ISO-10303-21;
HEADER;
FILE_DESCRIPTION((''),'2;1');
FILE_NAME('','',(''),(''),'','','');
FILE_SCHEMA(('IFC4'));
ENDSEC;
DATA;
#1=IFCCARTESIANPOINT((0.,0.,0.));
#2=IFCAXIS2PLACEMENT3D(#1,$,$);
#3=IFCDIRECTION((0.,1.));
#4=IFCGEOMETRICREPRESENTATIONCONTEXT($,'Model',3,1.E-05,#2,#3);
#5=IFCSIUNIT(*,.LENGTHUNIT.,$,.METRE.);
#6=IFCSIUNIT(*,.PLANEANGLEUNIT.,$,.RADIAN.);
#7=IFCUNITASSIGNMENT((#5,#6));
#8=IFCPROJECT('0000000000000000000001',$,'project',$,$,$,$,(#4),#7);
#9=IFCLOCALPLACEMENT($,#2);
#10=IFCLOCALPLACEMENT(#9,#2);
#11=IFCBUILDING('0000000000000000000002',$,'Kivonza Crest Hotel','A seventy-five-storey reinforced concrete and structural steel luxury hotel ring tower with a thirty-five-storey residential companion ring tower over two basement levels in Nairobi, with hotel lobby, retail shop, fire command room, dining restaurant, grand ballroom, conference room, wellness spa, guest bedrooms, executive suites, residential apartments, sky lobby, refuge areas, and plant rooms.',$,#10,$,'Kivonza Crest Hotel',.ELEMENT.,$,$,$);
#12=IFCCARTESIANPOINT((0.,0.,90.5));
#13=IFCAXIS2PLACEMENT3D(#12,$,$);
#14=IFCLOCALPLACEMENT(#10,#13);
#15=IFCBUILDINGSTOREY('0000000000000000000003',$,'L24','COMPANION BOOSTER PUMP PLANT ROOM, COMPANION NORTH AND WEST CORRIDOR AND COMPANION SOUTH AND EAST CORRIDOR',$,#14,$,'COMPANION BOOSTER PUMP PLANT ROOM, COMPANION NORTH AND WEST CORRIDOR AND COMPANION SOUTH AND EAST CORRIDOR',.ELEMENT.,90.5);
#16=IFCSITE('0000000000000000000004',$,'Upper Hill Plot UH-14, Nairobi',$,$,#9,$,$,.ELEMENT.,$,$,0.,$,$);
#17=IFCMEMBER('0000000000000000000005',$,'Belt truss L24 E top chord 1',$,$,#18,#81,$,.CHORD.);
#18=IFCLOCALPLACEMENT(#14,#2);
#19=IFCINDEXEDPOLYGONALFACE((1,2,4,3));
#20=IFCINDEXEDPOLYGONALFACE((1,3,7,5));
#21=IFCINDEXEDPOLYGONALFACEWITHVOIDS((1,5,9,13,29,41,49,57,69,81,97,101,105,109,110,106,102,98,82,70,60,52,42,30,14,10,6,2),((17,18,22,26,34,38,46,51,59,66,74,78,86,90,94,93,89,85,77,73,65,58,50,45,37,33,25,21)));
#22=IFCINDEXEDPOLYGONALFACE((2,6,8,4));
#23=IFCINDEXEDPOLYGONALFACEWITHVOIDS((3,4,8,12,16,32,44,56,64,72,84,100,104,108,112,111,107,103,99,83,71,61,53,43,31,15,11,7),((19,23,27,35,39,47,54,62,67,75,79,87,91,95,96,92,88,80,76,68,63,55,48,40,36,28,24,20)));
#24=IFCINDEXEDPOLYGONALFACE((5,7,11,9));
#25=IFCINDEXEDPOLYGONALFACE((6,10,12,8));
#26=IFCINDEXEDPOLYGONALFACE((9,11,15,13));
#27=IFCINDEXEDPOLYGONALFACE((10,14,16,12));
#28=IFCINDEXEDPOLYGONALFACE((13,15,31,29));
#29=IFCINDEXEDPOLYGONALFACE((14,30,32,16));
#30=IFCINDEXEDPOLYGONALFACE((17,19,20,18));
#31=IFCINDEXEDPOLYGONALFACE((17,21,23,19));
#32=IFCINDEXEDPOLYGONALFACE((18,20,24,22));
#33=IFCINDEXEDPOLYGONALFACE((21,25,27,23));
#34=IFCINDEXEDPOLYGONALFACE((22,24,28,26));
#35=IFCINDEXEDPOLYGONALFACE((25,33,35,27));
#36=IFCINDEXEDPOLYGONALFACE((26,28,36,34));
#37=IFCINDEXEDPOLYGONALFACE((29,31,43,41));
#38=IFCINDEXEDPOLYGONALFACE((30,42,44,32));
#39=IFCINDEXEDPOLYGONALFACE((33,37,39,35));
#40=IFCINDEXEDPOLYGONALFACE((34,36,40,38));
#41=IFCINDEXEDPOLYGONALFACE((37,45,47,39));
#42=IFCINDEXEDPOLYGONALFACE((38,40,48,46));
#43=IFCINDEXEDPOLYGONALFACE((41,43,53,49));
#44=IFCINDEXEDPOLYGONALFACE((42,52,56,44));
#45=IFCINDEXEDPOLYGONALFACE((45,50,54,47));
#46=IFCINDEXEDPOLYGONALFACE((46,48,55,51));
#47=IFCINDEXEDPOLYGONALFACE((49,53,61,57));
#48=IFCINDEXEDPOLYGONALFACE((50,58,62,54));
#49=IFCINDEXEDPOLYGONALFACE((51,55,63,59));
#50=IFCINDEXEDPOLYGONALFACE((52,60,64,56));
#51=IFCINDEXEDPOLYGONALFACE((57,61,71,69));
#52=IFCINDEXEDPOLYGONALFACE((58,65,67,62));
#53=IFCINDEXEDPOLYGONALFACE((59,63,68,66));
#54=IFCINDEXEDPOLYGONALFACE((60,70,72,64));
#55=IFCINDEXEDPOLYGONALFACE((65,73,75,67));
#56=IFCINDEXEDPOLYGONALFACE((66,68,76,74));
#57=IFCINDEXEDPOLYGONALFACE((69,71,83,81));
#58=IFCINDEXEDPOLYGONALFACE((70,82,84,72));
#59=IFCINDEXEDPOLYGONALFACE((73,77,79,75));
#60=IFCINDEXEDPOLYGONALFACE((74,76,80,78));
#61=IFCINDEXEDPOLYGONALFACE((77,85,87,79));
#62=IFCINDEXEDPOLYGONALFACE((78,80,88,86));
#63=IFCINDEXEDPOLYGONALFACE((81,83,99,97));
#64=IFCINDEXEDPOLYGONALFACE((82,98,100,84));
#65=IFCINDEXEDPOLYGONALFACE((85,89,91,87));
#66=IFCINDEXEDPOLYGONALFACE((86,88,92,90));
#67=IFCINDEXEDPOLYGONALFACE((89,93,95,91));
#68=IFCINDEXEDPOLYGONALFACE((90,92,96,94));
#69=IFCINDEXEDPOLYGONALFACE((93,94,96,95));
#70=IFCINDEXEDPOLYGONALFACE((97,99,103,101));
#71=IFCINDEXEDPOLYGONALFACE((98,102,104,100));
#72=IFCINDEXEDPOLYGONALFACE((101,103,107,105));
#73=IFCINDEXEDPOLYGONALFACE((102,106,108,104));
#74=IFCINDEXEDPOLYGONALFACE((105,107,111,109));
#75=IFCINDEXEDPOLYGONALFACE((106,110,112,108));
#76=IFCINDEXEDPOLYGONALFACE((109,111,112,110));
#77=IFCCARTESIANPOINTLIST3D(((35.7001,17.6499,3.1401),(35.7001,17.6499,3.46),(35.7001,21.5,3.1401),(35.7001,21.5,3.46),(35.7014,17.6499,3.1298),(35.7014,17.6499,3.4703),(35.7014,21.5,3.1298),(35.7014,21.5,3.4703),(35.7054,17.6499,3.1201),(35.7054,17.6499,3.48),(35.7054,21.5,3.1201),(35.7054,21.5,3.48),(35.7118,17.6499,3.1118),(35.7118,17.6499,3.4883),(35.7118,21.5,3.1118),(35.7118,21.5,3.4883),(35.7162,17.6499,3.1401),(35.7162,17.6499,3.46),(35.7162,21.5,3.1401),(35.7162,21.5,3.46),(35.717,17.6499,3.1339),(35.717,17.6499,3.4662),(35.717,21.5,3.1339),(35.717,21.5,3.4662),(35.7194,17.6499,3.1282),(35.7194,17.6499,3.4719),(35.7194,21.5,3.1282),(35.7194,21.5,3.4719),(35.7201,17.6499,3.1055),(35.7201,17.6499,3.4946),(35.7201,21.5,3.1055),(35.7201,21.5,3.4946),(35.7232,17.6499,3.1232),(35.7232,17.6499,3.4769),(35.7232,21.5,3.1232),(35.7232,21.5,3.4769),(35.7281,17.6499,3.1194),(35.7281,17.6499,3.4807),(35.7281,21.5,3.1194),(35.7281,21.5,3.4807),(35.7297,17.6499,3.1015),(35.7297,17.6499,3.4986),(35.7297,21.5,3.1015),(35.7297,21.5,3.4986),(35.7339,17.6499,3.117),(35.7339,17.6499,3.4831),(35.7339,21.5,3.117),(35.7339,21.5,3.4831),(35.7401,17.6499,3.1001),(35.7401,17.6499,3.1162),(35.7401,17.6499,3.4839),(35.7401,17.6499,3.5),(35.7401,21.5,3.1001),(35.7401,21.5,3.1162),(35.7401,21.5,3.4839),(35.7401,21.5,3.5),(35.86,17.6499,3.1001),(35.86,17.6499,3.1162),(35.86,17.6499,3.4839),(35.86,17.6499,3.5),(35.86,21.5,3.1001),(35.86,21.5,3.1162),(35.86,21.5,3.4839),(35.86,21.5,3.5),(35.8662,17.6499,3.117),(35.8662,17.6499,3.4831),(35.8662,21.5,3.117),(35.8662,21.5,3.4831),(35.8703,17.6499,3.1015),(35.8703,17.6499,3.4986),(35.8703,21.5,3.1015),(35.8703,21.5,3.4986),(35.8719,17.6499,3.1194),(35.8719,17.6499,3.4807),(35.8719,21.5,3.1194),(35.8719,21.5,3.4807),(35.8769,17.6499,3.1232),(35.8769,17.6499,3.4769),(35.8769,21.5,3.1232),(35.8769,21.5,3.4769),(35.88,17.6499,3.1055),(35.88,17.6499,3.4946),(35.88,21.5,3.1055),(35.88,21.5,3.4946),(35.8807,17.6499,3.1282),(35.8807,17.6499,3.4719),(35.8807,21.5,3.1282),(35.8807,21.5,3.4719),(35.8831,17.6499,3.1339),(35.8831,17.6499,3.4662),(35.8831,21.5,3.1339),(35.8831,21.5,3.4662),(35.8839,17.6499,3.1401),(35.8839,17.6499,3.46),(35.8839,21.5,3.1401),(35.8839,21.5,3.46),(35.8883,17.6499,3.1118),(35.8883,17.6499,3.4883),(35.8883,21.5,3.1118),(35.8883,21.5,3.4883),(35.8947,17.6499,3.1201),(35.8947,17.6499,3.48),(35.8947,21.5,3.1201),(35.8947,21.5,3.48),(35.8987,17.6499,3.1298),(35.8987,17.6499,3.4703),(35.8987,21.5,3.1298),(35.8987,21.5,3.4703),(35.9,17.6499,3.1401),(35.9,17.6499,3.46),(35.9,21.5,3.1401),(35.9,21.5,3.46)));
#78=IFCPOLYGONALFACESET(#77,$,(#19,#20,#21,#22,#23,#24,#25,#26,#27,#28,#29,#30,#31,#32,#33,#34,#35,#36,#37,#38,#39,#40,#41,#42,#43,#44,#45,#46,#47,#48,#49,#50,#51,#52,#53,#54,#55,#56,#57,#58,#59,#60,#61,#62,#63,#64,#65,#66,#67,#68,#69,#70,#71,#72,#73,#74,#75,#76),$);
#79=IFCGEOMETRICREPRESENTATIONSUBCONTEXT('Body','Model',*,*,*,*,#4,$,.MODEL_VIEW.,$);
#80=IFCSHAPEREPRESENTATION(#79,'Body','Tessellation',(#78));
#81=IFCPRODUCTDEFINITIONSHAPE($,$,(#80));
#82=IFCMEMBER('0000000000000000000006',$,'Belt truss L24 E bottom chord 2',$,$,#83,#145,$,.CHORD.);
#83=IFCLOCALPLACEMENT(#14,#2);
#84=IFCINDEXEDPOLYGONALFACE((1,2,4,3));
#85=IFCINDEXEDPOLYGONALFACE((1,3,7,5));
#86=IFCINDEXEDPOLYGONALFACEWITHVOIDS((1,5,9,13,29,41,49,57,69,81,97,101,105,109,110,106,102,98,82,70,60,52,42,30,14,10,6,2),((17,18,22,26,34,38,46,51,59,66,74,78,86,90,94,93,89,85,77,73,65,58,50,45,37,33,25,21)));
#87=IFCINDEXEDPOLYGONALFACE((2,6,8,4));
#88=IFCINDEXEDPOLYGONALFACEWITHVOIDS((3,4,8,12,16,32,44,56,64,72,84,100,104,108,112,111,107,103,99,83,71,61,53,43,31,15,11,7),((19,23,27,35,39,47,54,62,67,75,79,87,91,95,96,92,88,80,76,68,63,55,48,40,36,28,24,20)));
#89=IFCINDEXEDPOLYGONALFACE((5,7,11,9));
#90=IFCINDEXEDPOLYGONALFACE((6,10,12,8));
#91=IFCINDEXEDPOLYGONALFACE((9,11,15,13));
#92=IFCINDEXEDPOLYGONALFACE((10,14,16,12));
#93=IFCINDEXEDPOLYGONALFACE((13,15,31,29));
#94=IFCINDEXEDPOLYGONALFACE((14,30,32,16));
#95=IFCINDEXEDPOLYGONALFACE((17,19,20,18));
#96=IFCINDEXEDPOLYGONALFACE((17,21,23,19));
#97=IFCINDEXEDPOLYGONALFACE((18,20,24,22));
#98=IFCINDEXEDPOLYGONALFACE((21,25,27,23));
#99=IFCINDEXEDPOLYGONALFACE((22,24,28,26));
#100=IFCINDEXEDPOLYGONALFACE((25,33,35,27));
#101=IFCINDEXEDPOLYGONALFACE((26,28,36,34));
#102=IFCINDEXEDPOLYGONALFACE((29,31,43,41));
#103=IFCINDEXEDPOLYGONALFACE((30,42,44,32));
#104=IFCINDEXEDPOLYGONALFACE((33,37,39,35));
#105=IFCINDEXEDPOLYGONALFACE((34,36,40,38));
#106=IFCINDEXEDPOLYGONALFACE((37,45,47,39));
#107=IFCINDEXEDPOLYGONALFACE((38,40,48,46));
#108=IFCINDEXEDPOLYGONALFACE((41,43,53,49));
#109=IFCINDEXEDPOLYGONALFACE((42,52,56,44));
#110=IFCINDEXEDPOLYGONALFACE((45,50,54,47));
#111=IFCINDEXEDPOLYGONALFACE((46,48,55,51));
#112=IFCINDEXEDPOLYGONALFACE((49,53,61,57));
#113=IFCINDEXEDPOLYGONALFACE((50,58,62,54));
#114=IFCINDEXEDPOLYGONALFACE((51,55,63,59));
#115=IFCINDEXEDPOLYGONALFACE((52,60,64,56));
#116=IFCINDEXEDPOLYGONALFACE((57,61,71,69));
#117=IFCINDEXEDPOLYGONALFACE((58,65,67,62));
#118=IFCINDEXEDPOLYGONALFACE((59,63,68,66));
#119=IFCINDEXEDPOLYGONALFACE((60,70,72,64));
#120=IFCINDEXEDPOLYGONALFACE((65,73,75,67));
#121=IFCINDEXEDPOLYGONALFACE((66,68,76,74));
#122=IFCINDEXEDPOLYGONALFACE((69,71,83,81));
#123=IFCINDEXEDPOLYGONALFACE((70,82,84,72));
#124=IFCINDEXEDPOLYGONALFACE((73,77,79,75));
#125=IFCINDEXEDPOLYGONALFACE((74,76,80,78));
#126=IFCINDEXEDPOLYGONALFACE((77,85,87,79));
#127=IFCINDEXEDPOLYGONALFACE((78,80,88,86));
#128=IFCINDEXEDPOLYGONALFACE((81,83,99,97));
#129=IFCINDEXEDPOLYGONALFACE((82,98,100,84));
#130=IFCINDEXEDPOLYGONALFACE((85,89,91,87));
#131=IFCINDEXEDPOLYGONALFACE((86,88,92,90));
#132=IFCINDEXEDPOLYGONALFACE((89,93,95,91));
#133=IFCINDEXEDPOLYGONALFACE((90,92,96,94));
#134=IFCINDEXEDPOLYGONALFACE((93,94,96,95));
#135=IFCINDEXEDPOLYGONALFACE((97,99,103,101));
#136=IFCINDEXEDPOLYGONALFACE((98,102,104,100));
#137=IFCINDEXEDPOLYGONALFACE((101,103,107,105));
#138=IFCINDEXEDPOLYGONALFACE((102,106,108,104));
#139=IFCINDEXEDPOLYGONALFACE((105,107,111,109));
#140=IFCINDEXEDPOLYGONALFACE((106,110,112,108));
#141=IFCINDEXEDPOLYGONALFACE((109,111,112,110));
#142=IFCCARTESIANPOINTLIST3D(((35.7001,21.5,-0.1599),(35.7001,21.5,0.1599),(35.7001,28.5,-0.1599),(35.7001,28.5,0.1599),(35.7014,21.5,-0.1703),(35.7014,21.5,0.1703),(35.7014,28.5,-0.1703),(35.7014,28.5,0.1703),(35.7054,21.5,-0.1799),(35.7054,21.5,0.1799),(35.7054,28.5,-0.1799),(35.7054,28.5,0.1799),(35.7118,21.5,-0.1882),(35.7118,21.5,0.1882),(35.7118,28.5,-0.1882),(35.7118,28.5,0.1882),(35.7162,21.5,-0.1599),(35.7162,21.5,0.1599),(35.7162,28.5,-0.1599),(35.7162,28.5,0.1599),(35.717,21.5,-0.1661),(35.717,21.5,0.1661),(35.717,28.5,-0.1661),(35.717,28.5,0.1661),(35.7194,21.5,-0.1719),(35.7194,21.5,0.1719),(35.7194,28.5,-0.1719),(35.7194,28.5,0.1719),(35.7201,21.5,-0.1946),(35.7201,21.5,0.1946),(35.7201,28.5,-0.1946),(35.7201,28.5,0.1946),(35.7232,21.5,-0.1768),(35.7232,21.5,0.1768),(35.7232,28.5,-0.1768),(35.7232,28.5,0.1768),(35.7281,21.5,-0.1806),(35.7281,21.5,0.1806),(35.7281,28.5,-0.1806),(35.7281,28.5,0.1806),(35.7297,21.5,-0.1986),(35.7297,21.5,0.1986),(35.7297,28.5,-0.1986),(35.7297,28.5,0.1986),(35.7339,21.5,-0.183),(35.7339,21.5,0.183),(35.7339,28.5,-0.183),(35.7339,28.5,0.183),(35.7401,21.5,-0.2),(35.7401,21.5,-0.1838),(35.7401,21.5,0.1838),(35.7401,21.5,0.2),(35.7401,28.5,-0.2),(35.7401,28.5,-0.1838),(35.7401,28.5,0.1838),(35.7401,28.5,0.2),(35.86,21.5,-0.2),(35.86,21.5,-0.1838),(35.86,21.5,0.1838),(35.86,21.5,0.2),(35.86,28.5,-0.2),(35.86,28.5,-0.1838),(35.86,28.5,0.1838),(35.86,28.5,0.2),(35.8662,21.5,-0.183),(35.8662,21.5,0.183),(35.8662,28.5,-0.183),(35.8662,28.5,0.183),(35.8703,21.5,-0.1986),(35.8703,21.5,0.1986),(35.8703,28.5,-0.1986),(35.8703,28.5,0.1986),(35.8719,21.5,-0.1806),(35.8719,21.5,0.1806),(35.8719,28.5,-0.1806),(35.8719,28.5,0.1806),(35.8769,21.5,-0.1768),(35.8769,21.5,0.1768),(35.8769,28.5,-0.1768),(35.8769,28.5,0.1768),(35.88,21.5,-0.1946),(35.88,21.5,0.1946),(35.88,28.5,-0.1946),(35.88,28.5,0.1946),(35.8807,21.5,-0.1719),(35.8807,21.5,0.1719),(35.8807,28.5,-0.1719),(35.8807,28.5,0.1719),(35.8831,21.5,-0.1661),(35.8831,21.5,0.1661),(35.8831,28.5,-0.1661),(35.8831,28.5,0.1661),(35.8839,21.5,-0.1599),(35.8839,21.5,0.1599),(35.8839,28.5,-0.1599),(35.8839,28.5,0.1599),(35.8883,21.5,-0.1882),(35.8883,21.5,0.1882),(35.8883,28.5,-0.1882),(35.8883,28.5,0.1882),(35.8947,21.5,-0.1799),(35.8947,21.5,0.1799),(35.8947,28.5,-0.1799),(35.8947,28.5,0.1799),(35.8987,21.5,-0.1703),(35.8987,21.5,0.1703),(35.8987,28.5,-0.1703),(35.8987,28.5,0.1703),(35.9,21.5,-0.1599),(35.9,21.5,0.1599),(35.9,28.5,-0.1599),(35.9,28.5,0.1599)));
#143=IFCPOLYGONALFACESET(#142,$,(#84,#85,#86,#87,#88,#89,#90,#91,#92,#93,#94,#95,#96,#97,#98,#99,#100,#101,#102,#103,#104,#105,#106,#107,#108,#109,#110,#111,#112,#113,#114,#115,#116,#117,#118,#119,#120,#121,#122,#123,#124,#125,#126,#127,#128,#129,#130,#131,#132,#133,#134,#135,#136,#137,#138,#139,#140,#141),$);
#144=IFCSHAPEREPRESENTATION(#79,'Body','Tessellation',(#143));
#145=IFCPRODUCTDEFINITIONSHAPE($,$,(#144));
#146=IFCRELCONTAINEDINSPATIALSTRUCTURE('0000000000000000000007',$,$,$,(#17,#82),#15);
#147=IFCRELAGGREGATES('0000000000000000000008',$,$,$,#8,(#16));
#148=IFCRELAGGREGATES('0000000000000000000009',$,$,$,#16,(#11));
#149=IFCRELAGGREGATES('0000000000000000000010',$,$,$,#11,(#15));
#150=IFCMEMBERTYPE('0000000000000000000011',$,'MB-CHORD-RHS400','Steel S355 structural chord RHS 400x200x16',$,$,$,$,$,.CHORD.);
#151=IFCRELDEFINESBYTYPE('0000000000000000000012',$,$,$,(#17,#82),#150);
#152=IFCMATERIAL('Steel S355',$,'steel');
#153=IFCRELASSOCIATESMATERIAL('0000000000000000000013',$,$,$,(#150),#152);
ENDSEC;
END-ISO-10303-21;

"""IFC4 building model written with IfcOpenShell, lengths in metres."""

from ifc_helpers import new_model, si_unit, direction, frame, origin, origin_2d, place, context, subcontext, project, spatial, hollow_rectangle, extrude, material, material_profile, profile_set, type_object, element, save


model = new_model("IFC4")

# Units and contexts
model_context = context("Model", 3, precision=1e-05, world=origin(), true_north=direction((0.0, 1.0)))
body_context = subcontext(model_context, "Body", "Model", "MODEL_VIEW")
ifc_project = project(units=[si_unit("LENGTHUNIT", "METRE"), si_unit("PLANEANGLEUNIT", "RADIAN")], contexts=[model_context])

# Site, building, storey
site_placement = place(None, origin())
site = spatial("IfcSite", under=ifc_project, at=site_placement, Name="Upper Hill Plot UH-14, Nairobi", CompositionType="ELEMENT", RefElevation=0.0)
building_placement = place(site_placement, origin())
building = spatial("IfcBuilding", under=site, at=building_placement, Name="Kivonza Crest Hotel", Description="A seventy-five-storey reinforced concrete and structural steel luxury hotel ring tower with a thirty-five-storey residential companion ring tower over two basement levels in Nairobi, with hotel lobby, retail shop, fire command room, dining restaurant, grand ballroom, conference room, wellness spa, guest bedrooms, executive suites, residential apartments, sky lobby, refuge areas, and plant rooms.", LongName="Kivonza Crest Hotel", CompositionType="ELEMENT")
storey_placement = place(building_placement, frame((0.0, 0.0, 90.5)))
storey = spatial("IfcBuildingStorey", under=building, at=storey_placement, Name="L24", Description="COMPANION BOOSTER PUMP PLANT ROOM, COMPANION NORTH AND WEST CORRIDOR AND COMPANION SOUTH AND EAST CORRIDOR", LongName="COMPANION BOOSTER PUMP PLANT ROOM, COMPANION NORTH AND WEST CORRIDOR AND COMPANION SOUTH AND EAST CORRIDOR", CompositionType="ELEMENT", Elevation=90.5)

# Shared definitions
ifc_material_1 = material(Name="Steel S355", Category="steel")

# Members
ifc_material_profile_1 = material_profile(ifc_material_1, hollow_rectangle(XDim=0.2, YDim=0.3999, WallThickness=0.0161, InnerFilletRadius=0.0239, OuterFilletRadius=0.04, at=origin_2d()), Name="RHS 400x200x16")
ifc_profile_set_1 = profile_set([ifc_material_profile_1], Name="Steel S355")
member_type_1 = type_object("IfcMemberType", Name="MB-CHORD-RHS400", Description="Steel S355 structural chord RHS 400x200x16", PredefinedType="CHORD", material=ifc_profile_set_1)
for number, where, z_axis, x_axis, name in (
    (1, (35.8, 17.6499, 3.3), (0.0, 1.0, 0.0), (-1.0, 0.0, 0.0), "Belt truss L24 E top chord 1"),
):
    element("IfcMember", number, at=place(storey_placement, frame(where, z_axis=z_axis, x_axis=x_axis)), inside=storey, type_object=member_type_1, Name=name, PredefinedType="CHORD", context=body_context, shape_type="SweptSolid", body=[
        extrude(hollow_rectangle(XDim=0.2, YDim=0.3999, WallThickness=0.0161, InnerFilletRadius=0.0239, OuterFilletRadius=0.04, at=origin_2d()), origin(), (0.0, 0.0, 1.0), 3.8501),
    ])
for number, where, z_axis, x_axis, name in (
    (2, (35.8, 21.5, 0.0), (0.0, 1.0, 0.0), (-1.0, 0.0, 0.0), "Belt truss L24 E bottom chord 2"),
):
    element("IfcMember", number, at=place(storey_placement, frame(where, z_axis=z_axis, x_axis=x_axis)), inside=storey, type_object=member_type_1, Name=name, PredefinedType="CHORD", context=body_context, shape_type="SweptSolid", body=[
        extrude(hollow_rectangle(XDim=0.2, YDim=0.3999, WallThickness=0.0161, InnerFilletRadius=0.0239, OuterFilletRadius=0.04, at=origin_2d()), origin(), (0.0, 0.0, 1.0), 7.0),
    ])

save(model, "model.ifc")
